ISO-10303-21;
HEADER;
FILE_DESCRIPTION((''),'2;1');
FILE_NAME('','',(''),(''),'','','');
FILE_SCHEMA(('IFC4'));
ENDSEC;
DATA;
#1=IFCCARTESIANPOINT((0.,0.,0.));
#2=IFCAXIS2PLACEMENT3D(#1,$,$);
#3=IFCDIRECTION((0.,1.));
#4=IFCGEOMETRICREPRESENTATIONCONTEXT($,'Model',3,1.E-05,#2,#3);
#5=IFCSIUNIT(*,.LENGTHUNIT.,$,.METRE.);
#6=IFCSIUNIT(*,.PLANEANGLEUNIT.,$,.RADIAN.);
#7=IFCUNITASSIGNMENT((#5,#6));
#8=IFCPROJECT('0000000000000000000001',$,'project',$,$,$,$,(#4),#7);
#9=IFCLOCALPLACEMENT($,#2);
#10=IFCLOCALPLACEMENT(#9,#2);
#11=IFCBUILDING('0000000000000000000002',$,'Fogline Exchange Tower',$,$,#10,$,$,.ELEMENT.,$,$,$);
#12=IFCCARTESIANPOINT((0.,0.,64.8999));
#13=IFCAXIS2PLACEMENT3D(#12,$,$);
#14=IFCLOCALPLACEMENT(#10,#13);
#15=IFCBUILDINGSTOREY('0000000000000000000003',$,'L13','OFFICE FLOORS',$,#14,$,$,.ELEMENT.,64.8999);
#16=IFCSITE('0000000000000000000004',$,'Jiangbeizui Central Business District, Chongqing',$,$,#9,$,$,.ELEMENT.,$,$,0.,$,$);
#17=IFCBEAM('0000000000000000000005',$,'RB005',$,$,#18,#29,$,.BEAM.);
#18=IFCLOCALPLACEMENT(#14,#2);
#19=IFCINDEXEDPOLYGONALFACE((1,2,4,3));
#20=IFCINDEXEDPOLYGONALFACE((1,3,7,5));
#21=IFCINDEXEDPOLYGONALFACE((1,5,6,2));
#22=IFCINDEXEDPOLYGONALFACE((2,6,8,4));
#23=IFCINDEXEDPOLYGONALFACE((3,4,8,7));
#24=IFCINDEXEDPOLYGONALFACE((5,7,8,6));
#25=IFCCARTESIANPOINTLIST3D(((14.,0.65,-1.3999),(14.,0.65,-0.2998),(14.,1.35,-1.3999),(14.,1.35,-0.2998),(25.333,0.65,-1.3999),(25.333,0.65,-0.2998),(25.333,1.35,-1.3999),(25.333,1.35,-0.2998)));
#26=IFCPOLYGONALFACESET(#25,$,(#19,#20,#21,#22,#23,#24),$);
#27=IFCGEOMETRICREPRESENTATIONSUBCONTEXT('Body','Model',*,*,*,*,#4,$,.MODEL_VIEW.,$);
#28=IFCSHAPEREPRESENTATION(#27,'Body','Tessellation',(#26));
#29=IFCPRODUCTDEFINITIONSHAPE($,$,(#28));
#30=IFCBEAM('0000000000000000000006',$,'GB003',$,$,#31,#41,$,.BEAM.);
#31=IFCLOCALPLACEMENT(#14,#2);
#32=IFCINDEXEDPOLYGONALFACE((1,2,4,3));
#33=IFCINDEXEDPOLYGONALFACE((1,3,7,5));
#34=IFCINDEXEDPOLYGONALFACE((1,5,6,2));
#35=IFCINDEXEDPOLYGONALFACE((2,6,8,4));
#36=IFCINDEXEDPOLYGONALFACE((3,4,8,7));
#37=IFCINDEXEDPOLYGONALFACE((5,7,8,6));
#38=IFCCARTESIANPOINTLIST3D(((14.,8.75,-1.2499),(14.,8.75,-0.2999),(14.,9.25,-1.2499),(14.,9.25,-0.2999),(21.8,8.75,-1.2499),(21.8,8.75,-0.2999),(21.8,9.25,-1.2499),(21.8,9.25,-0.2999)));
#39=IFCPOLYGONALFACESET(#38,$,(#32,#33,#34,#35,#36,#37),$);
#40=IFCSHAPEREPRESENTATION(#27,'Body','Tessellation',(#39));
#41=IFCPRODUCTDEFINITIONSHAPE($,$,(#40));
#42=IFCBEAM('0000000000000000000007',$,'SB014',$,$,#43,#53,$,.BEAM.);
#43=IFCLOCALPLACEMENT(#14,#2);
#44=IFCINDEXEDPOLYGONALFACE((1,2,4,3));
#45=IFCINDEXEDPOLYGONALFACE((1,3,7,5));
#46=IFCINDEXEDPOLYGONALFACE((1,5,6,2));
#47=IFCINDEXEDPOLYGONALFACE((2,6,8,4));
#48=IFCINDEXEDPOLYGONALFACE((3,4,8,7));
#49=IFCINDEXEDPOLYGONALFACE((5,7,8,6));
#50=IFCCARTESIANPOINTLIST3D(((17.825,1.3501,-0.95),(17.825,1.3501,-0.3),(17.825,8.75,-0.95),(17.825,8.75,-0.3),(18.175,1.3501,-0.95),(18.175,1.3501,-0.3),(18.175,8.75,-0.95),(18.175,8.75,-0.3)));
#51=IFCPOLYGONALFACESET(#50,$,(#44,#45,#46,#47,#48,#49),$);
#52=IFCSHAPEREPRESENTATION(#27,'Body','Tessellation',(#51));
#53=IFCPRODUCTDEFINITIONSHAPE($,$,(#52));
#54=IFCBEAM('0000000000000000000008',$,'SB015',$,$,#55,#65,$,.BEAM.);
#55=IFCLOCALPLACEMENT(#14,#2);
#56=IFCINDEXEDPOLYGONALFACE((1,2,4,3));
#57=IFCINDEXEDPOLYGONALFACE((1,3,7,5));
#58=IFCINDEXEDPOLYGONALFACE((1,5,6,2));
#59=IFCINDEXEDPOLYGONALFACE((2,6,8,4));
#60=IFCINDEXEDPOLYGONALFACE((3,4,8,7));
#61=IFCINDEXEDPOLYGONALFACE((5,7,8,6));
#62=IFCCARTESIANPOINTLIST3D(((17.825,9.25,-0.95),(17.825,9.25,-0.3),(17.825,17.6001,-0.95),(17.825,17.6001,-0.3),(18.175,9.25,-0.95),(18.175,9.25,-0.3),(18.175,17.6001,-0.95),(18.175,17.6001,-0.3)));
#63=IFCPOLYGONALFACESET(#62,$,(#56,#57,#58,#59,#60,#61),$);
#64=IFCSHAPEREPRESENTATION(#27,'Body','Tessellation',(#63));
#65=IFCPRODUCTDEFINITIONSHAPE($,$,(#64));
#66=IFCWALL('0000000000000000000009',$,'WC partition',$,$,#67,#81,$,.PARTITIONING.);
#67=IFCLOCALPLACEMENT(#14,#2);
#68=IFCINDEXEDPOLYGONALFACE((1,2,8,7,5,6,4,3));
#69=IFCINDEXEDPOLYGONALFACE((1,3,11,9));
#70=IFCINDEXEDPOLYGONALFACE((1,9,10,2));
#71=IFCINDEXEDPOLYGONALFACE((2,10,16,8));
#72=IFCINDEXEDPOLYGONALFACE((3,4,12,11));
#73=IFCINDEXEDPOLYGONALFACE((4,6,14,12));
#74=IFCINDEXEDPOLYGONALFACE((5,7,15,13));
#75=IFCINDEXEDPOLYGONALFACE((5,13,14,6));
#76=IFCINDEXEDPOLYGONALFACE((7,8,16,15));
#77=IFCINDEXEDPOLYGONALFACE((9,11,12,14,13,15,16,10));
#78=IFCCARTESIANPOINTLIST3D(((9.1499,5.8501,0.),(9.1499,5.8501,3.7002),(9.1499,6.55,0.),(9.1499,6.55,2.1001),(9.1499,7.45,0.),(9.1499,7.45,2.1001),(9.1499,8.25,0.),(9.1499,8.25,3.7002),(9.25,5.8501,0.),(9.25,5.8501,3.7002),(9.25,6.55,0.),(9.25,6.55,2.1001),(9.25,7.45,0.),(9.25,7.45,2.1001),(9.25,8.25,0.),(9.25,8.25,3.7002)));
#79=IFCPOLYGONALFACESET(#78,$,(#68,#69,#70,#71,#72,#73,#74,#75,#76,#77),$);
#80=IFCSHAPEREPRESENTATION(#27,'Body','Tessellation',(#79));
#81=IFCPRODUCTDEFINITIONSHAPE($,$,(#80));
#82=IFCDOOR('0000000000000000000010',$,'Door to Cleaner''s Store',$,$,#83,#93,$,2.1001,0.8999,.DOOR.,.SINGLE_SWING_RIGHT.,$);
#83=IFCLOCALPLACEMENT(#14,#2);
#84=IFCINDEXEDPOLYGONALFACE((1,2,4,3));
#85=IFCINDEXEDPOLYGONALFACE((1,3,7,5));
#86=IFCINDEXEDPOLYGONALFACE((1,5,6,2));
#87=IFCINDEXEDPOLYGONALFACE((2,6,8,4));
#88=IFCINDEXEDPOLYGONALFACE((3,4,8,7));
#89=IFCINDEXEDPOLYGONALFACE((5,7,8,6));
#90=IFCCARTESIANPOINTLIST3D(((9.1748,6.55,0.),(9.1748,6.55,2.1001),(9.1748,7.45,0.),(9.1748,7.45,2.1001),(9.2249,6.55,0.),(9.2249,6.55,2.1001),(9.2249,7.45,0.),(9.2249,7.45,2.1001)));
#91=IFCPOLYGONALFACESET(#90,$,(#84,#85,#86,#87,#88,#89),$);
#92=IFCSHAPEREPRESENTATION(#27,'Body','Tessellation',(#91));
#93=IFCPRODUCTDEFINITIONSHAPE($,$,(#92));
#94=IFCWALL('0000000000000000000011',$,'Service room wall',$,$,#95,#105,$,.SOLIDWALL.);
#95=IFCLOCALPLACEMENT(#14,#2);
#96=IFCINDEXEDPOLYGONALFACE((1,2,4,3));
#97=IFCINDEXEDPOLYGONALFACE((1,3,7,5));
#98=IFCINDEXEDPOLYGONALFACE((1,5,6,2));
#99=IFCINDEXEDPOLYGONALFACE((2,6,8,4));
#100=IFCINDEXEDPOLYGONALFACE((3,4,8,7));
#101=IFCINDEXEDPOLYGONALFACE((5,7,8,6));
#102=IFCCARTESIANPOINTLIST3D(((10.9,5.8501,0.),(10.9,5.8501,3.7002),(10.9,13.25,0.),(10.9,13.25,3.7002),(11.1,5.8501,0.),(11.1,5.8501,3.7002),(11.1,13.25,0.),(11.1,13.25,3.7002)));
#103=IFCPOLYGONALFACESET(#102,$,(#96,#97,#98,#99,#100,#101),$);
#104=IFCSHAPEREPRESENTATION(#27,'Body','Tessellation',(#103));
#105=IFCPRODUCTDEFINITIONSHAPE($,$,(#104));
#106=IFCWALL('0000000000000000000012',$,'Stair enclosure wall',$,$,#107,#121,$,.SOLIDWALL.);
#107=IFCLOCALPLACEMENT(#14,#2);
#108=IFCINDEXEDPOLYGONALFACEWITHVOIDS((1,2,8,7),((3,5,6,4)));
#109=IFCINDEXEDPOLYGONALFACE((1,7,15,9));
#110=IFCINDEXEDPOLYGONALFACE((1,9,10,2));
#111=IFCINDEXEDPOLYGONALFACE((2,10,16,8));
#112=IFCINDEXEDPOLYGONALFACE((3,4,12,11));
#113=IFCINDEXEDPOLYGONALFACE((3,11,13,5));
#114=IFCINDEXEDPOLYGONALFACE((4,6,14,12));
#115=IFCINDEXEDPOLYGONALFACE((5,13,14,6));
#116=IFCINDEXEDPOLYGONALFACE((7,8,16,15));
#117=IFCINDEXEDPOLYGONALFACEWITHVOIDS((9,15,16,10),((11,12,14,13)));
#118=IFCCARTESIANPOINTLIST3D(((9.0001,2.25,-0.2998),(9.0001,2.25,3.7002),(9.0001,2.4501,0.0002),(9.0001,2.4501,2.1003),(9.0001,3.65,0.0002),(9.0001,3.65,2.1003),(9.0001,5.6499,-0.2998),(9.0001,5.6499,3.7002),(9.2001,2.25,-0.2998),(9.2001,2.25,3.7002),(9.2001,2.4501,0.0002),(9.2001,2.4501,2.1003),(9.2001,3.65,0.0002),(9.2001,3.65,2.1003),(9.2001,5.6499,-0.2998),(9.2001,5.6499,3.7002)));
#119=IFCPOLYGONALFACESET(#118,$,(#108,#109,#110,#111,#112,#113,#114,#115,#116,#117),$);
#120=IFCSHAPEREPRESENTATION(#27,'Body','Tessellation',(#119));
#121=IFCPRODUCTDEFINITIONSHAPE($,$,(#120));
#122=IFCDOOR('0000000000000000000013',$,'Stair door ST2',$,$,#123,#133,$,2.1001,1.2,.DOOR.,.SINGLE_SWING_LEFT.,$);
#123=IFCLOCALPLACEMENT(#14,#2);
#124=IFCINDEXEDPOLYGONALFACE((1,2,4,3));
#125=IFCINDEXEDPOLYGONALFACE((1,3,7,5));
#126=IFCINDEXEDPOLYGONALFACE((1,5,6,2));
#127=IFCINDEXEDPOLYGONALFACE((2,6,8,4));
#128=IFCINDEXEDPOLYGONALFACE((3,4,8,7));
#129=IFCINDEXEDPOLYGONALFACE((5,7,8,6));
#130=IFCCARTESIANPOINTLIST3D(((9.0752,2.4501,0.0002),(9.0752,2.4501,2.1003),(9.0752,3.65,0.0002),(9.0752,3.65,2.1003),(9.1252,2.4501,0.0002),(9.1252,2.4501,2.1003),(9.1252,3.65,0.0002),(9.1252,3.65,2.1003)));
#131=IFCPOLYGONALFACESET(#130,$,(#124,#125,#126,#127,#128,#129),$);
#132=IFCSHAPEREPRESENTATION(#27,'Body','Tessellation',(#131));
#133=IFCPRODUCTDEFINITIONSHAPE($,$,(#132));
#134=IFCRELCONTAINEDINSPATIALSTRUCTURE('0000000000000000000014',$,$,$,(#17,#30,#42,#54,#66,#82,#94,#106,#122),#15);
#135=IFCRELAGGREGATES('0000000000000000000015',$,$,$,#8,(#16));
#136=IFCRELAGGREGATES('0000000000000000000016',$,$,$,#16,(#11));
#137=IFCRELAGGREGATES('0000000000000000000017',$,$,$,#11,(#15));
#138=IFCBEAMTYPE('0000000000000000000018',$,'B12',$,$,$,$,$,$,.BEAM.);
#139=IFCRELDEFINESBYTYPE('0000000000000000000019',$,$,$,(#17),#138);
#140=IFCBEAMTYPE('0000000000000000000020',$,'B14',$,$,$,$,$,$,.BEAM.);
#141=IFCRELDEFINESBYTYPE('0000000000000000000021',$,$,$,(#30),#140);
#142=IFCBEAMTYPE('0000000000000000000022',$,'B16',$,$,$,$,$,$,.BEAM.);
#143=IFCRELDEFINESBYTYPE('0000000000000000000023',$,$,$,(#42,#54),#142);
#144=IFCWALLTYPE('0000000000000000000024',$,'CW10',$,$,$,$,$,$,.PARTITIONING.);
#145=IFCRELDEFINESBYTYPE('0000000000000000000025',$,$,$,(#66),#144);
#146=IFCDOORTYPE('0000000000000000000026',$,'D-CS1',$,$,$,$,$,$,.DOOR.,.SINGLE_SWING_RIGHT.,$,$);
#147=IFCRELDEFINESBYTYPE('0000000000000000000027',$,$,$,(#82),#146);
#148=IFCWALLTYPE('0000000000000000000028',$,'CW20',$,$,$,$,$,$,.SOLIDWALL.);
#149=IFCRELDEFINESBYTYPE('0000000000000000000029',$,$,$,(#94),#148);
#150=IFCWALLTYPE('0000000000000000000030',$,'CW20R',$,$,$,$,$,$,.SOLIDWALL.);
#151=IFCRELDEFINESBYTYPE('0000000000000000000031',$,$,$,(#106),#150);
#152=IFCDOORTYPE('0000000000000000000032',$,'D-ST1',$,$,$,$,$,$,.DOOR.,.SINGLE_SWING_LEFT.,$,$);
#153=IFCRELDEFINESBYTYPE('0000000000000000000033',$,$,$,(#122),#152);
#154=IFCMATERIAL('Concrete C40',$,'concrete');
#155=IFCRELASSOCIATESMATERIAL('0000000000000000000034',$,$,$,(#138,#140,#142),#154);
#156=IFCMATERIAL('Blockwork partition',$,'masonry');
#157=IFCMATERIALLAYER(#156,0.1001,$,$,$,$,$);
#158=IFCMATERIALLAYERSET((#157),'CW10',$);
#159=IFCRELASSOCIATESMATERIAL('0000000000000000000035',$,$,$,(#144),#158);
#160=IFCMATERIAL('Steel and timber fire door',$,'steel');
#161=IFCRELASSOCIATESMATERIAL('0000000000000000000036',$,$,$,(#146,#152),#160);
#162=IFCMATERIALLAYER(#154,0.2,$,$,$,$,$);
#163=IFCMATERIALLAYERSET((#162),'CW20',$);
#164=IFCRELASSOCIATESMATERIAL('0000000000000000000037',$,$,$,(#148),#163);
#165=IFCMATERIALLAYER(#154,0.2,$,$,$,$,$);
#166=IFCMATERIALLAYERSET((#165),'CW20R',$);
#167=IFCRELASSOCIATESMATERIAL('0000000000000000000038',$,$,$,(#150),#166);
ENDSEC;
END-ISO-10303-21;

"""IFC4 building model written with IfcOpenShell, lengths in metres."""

from ifc_helpers import new_model, si_unit, direction, frame, frame_2d, origin, origin_2d, place, context, subcontext, project, spatial, rectangle, extrude, material, layer, layer_set, material_profile, profile_set, type_object, element, fill, save


model = new_model("IFC4")

# Units and contexts
model_context = context("Model", 3, precision=1e-05, world=origin(), true_north=direction((0.0, 1.0)))
body_context = subcontext(model_context, "Body", "Model", "MODEL_VIEW")
ifc_project = project(units=[si_unit("LENGTHUNIT", "METRE"), si_unit("PLANEANGLEUNIT", "RADIAN")], contexts=[model_context])

# Site, building, storey
site_placement = place(None, origin())
site = spatial("IfcSite", under=ifc_project, at=site_placement, Name="Jiangbeizui Central Business District, Chongqing", CompositionType="ELEMENT", RefElevation=0.0)
building_placement = place(site_placement, origin())
building = spatial("IfcBuilding", under=site, at=building_placement, Name="Fogline Exchange Tower", CompositionType="ELEMENT")
storey_placement = place(building_placement, frame((0.0, 0.0, 64.8999)))
storey = spatial("IfcBuildingStorey", under=building, at=storey_placement, Name="L13", Description="OFFICE FLOORS", CompositionType="ELEMENT", Elevation=64.8999)

# Beams
ifc_material_1 = material(Name="Concrete C40", Category="concrete")
ifc_material_profile_1 = material_profile(ifc_material_1, rectangle(XDim=0.7, YDim=1.1001, at=origin_2d()), Name="RC 700x1100")
ifc_profile_set_1 = profile_set([ifc_material_profile_1], Name="Concrete C40")
beam_type_1 = type_object("IfcBeamType", Name="B12", PredefinedType="BEAM", material=ifc_profile_set_1)
beam_1_placement = place(storey_placement, frame((14.0, 1.0, -0.8499), z_axis=(1.0, 0.0, 0.0), x_axis=(0.0, 1.0, 0.0)))
element("IfcBeam", 1, at=beam_1_placement, inside=storey, type_object=beam_type_1, Name="RB005", PredefinedType="BEAM", context=body_context, shape_type="SweptSolid", body=[
    extrude(rectangle(XDim=0.7, YDim=1.1001, at=origin_2d()), origin(), (0.0, 0.0, 1.0), 11.333),
])
ifc_material_profile_2 = material_profile(ifc_material_1, rectangle(XDim=0.5, YDim=0.95, at=origin_2d()), Name="RC 500x950")
ifc_profile_set_2 = profile_set([ifc_material_profile_2], Name="Concrete C40")
beam_type_2 = type_object("IfcBeamType", Name="B14", PredefinedType="BEAM", material=ifc_profile_set_2)
beam_2_placement = place(storey_placement, frame((14.0, 9.0, -0.7749), z_axis=(1.0, 0.0, 0.0), x_axis=(0.0, 1.0, 0.0)))
element("IfcBeam", 2, at=beam_2_placement, inside=storey, type_object=beam_type_2, Name="GB003", PredefinedType="BEAM", context=body_context, shape_type="SweptSolid", body=[
    extrude(rectangle(XDim=0.5, YDim=0.95, at=origin_2d()), origin(), (0.0, 0.0, 1.0), 7.8),
])
ifc_material_profile_3 = material_profile(ifc_material_1, rectangle(XDim=0.3501, YDim=0.6499, at=origin_2d()), Name="RC 350x650")
ifc_profile_set_3 = profile_set([ifc_material_profile_3], Name="Concrete C40")
beam_type_3 = type_object("IfcBeamType", Name="B16", PredefinedType="BEAM", material=ifc_profile_set_3)
beam_3_placement = place(storey_placement, frame((18.0, 1.3501, -0.625), z_axis=(0.0, 1.0, 0.0), x_axis=(-1.0, 0.0, 0.0)))
element("IfcBeam", 3, at=beam_3_placement, inside=storey, type_object=beam_type_3, Name="SB014", PredefinedType="BEAM", context=body_context, shape_type="SweptSolid", body=[
    extrude(rectangle(XDim=0.3501, YDim=0.6499, at=origin_2d()), origin(), (0.0, 0.0, 1.0), 7.3999),
])
beam_4_placement = place(storey_placement, frame((18.0, 9.25, -0.625), z_axis=(0.0, 1.0, 0.0), x_axis=(-1.0, 0.0, 0.0)))
element("IfcBeam", 4, at=beam_4_placement, inside=storey, type_object=beam_type_3, Name="SB015", PredefinedType="BEAM", context=body_context, shape_type="SweptSolid", body=[
    extrude(rectangle(XDim=0.3501, YDim=0.6499, at=origin_2d()), origin(), (0.0, 0.0, 1.0), 8.3501),
])

# Wall, opening, door
ifc_material_2 = material(Name="Blockwork partition", Category="masonry")
ifc_layer_1 = layer(ifc_material_2, 0.1001)
ifc_layer_set_1 = layer_set([ifc_layer_1], Name="CW10")
wall_type_1 = type_object("IfcWallType", Name="CW10", PredefinedType="PARTITIONING", material=ifc_layer_set_1)
wall_1_placement = place(storey_placement, frame((9.2, 5.8501, 0.0), z_axis=(0.0, 0.0, 1.0), x_axis=(0.0, 1.0, 0.0)))
wall_1 = element("IfcWall", 5, at=wall_1_placement, inside=storey, type_object=wall_type_1, Name="WC partition", PredefinedType="PARTITIONING", context=body_context, shape_type="SweptSolid", body=[
    extrude(rectangle(XDim=2.3999, YDim=0.1001, at=frame_2d((1.2, 0.0))), origin(), (0.0, 0.0, 1.0), 3.7002),
])
opening_1_placement = place(wall_1_placement, frame((0.7, 0.0, 0.0)))
opening_1 = element("IfcOpeningElement", 6, at=opening_1_placement, cuts=wall_1, PredefinedType="OPENING", context=body_context, shape_type="SweptSolid", body=[
    extrude(rectangle(XDim=0.8999, YDim=2.1001, at=frame_2d((0.45, 1.05))), frame((0.0, 0.0601, 0.0), z_axis=(0.0, -1.0, 0.0), x_axis=(1.0, 0.0, 0.0)), (0.0, 0.0, 1.0), 0.1201),
])
ifc_material_3 = material(Name="Steel and timber fire door", Category="steel")
door_type_1 = type_object("IfcDoorType", Name="D-CS1", OperationType="SINGLE_SWING_RIGHT", PredefinedType="DOOR", material=ifc_material_3)
door_1_placement = place(opening_1_placement, frame((0.8999, 0.0, 0.0), z_axis=(0.0, 0.0, 1.0), x_axis=(-1.0, 0.0, 0.0)))
door_1 = element("IfcDoor", 7, at=door_1_placement, inside=storey, type_object=door_type_1, Name="Door to Cleaner's Store", OperationType="SINGLE_SWING_RIGHT", OverallHeight=2.1001, OverallWidth=0.8999, PredefinedType="DOOR", context=body_context, shape_type="SweptSolid", body=[
    extrude(rectangle(XDim=0.8999, YDim=2.1001, at=frame_2d((0.45, 1.05))), frame((0.0, 0.0249, 0.0), z_axis=(0.0, -1.0, 0.0), x_axis=(1.0, 0.0, 0.0)), (0.0, 0.0, 1.0), 0.05),
])
fill(opening_1, door_1)

# Wall
ifc_layer_2 = layer(ifc_material_1, 0.2)
ifc_layer_set_2 = layer_set([ifc_layer_2], Name="CW20")
wall_type_2 = type_object("IfcWallType", Name="CW20", PredefinedType="SOLIDWALL", material=ifc_layer_set_2)
wall_2_placement = place(storey_placement, frame((11.0, 5.8501, 0.0), z_axis=(0.0, 0.0, 1.0), x_axis=(0.0, 1.0, 0.0)))
element("IfcWall", 8, at=wall_2_placement, inside=storey, type_object=wall_type_2, Name="Service room wall", PredefinedType="SOLIDWALL", context=body_context, shape_type="SweptSolid", body=[
    extrude(rectangle(XDim=7.3999, YDim=0.2, at=frame_2d((3.7, 0.0))), origin(), (0.0, 0.0, 1.0), 3.7002),
])

# Wall, opening, door
ifc_layer_3 = layer(ifc_material_1, 0.2)
ifc_layer_set_3 = layer_set([ifc_layer_3], Name="CW20R")
wall_type_3 = type_object("IfcWallType", Name="CW20R", PredefinedType="SOLIDWALL", material=ifc_layer_set_3)
wall_3_placement = place(storey_placement, frame((9.1001, 2.25, -0.2998), z_axis=(0.0, 0.0, 1.0), x_axis=(0.0, 1.0, 0.0)))
wall_3 = element("IfcWall", 9, at=wall_3_placement, inside=storey, type_object=wall_type_3, Name="Stair enclosure wall", PredefinedType="SOLIDWALL", context=body_context, shape_type="SweptSolid", body=[
    extrude(rectangle(XDim=3.3999, YDim=0.2, at=frame_2d((1.7, 0.0))), origin(), (0.0, 0.0, 1.0), 4.0),
])
opening_2_placement = place(wall_3_placement, frame((0.2, 0.0, 0.3)))
opening_2 = element("IfcOpeningElement", 10, at=opening_2_placement, cuts=wall_3, PredefinedType="OPENING", context=body_context, shape_type="SweptSolid", body=[
    extrude(rectangle(XDim=1.2, YDim=2.1001, at=frame_2d((0.6001, 1.05))), frame((0.0, 0.1099, 0.0), z_axis=(0.0, -1.0, 0.0), x_axis=(1.0, 0.0, 0.0)), (0.0, 0.0, 1.0), 0.22),
])
door_type_2 = type_object("IfcDoorType", Name="D-ST1", OperationType="SINGLE_SWING_LEFT", PredefinedType="DOOR", material=ifc_material_3)
door_2_placement = place(opening_2_placement, origin())
door_2 = element("IfcDoor", 11, at=door_2_placement, inside=storey, type_object=door_type_2, Name="Stair door ST2", OperationType="SINGLE_SWING_LEFT", OverallHeight=2.1001, OverallWidth=1.2, PredefinedType="DOOR", context=body_context, shape_type="SweptSolid", body=[
    extrude(rectangle(XDim=1.2, YDim=2.1001, at=frame_2d((0.6001, 1.05))), frame((0.0, 0.0249, 0.0), z_axis=(0.0, -1.0, 0.0), x_axis=(1.0, 0.0, 0.0)), (0.0, 0.0, 1.0), 0.05),
])
fill(opening_2, door_2)

save(model, "model.ifc")
